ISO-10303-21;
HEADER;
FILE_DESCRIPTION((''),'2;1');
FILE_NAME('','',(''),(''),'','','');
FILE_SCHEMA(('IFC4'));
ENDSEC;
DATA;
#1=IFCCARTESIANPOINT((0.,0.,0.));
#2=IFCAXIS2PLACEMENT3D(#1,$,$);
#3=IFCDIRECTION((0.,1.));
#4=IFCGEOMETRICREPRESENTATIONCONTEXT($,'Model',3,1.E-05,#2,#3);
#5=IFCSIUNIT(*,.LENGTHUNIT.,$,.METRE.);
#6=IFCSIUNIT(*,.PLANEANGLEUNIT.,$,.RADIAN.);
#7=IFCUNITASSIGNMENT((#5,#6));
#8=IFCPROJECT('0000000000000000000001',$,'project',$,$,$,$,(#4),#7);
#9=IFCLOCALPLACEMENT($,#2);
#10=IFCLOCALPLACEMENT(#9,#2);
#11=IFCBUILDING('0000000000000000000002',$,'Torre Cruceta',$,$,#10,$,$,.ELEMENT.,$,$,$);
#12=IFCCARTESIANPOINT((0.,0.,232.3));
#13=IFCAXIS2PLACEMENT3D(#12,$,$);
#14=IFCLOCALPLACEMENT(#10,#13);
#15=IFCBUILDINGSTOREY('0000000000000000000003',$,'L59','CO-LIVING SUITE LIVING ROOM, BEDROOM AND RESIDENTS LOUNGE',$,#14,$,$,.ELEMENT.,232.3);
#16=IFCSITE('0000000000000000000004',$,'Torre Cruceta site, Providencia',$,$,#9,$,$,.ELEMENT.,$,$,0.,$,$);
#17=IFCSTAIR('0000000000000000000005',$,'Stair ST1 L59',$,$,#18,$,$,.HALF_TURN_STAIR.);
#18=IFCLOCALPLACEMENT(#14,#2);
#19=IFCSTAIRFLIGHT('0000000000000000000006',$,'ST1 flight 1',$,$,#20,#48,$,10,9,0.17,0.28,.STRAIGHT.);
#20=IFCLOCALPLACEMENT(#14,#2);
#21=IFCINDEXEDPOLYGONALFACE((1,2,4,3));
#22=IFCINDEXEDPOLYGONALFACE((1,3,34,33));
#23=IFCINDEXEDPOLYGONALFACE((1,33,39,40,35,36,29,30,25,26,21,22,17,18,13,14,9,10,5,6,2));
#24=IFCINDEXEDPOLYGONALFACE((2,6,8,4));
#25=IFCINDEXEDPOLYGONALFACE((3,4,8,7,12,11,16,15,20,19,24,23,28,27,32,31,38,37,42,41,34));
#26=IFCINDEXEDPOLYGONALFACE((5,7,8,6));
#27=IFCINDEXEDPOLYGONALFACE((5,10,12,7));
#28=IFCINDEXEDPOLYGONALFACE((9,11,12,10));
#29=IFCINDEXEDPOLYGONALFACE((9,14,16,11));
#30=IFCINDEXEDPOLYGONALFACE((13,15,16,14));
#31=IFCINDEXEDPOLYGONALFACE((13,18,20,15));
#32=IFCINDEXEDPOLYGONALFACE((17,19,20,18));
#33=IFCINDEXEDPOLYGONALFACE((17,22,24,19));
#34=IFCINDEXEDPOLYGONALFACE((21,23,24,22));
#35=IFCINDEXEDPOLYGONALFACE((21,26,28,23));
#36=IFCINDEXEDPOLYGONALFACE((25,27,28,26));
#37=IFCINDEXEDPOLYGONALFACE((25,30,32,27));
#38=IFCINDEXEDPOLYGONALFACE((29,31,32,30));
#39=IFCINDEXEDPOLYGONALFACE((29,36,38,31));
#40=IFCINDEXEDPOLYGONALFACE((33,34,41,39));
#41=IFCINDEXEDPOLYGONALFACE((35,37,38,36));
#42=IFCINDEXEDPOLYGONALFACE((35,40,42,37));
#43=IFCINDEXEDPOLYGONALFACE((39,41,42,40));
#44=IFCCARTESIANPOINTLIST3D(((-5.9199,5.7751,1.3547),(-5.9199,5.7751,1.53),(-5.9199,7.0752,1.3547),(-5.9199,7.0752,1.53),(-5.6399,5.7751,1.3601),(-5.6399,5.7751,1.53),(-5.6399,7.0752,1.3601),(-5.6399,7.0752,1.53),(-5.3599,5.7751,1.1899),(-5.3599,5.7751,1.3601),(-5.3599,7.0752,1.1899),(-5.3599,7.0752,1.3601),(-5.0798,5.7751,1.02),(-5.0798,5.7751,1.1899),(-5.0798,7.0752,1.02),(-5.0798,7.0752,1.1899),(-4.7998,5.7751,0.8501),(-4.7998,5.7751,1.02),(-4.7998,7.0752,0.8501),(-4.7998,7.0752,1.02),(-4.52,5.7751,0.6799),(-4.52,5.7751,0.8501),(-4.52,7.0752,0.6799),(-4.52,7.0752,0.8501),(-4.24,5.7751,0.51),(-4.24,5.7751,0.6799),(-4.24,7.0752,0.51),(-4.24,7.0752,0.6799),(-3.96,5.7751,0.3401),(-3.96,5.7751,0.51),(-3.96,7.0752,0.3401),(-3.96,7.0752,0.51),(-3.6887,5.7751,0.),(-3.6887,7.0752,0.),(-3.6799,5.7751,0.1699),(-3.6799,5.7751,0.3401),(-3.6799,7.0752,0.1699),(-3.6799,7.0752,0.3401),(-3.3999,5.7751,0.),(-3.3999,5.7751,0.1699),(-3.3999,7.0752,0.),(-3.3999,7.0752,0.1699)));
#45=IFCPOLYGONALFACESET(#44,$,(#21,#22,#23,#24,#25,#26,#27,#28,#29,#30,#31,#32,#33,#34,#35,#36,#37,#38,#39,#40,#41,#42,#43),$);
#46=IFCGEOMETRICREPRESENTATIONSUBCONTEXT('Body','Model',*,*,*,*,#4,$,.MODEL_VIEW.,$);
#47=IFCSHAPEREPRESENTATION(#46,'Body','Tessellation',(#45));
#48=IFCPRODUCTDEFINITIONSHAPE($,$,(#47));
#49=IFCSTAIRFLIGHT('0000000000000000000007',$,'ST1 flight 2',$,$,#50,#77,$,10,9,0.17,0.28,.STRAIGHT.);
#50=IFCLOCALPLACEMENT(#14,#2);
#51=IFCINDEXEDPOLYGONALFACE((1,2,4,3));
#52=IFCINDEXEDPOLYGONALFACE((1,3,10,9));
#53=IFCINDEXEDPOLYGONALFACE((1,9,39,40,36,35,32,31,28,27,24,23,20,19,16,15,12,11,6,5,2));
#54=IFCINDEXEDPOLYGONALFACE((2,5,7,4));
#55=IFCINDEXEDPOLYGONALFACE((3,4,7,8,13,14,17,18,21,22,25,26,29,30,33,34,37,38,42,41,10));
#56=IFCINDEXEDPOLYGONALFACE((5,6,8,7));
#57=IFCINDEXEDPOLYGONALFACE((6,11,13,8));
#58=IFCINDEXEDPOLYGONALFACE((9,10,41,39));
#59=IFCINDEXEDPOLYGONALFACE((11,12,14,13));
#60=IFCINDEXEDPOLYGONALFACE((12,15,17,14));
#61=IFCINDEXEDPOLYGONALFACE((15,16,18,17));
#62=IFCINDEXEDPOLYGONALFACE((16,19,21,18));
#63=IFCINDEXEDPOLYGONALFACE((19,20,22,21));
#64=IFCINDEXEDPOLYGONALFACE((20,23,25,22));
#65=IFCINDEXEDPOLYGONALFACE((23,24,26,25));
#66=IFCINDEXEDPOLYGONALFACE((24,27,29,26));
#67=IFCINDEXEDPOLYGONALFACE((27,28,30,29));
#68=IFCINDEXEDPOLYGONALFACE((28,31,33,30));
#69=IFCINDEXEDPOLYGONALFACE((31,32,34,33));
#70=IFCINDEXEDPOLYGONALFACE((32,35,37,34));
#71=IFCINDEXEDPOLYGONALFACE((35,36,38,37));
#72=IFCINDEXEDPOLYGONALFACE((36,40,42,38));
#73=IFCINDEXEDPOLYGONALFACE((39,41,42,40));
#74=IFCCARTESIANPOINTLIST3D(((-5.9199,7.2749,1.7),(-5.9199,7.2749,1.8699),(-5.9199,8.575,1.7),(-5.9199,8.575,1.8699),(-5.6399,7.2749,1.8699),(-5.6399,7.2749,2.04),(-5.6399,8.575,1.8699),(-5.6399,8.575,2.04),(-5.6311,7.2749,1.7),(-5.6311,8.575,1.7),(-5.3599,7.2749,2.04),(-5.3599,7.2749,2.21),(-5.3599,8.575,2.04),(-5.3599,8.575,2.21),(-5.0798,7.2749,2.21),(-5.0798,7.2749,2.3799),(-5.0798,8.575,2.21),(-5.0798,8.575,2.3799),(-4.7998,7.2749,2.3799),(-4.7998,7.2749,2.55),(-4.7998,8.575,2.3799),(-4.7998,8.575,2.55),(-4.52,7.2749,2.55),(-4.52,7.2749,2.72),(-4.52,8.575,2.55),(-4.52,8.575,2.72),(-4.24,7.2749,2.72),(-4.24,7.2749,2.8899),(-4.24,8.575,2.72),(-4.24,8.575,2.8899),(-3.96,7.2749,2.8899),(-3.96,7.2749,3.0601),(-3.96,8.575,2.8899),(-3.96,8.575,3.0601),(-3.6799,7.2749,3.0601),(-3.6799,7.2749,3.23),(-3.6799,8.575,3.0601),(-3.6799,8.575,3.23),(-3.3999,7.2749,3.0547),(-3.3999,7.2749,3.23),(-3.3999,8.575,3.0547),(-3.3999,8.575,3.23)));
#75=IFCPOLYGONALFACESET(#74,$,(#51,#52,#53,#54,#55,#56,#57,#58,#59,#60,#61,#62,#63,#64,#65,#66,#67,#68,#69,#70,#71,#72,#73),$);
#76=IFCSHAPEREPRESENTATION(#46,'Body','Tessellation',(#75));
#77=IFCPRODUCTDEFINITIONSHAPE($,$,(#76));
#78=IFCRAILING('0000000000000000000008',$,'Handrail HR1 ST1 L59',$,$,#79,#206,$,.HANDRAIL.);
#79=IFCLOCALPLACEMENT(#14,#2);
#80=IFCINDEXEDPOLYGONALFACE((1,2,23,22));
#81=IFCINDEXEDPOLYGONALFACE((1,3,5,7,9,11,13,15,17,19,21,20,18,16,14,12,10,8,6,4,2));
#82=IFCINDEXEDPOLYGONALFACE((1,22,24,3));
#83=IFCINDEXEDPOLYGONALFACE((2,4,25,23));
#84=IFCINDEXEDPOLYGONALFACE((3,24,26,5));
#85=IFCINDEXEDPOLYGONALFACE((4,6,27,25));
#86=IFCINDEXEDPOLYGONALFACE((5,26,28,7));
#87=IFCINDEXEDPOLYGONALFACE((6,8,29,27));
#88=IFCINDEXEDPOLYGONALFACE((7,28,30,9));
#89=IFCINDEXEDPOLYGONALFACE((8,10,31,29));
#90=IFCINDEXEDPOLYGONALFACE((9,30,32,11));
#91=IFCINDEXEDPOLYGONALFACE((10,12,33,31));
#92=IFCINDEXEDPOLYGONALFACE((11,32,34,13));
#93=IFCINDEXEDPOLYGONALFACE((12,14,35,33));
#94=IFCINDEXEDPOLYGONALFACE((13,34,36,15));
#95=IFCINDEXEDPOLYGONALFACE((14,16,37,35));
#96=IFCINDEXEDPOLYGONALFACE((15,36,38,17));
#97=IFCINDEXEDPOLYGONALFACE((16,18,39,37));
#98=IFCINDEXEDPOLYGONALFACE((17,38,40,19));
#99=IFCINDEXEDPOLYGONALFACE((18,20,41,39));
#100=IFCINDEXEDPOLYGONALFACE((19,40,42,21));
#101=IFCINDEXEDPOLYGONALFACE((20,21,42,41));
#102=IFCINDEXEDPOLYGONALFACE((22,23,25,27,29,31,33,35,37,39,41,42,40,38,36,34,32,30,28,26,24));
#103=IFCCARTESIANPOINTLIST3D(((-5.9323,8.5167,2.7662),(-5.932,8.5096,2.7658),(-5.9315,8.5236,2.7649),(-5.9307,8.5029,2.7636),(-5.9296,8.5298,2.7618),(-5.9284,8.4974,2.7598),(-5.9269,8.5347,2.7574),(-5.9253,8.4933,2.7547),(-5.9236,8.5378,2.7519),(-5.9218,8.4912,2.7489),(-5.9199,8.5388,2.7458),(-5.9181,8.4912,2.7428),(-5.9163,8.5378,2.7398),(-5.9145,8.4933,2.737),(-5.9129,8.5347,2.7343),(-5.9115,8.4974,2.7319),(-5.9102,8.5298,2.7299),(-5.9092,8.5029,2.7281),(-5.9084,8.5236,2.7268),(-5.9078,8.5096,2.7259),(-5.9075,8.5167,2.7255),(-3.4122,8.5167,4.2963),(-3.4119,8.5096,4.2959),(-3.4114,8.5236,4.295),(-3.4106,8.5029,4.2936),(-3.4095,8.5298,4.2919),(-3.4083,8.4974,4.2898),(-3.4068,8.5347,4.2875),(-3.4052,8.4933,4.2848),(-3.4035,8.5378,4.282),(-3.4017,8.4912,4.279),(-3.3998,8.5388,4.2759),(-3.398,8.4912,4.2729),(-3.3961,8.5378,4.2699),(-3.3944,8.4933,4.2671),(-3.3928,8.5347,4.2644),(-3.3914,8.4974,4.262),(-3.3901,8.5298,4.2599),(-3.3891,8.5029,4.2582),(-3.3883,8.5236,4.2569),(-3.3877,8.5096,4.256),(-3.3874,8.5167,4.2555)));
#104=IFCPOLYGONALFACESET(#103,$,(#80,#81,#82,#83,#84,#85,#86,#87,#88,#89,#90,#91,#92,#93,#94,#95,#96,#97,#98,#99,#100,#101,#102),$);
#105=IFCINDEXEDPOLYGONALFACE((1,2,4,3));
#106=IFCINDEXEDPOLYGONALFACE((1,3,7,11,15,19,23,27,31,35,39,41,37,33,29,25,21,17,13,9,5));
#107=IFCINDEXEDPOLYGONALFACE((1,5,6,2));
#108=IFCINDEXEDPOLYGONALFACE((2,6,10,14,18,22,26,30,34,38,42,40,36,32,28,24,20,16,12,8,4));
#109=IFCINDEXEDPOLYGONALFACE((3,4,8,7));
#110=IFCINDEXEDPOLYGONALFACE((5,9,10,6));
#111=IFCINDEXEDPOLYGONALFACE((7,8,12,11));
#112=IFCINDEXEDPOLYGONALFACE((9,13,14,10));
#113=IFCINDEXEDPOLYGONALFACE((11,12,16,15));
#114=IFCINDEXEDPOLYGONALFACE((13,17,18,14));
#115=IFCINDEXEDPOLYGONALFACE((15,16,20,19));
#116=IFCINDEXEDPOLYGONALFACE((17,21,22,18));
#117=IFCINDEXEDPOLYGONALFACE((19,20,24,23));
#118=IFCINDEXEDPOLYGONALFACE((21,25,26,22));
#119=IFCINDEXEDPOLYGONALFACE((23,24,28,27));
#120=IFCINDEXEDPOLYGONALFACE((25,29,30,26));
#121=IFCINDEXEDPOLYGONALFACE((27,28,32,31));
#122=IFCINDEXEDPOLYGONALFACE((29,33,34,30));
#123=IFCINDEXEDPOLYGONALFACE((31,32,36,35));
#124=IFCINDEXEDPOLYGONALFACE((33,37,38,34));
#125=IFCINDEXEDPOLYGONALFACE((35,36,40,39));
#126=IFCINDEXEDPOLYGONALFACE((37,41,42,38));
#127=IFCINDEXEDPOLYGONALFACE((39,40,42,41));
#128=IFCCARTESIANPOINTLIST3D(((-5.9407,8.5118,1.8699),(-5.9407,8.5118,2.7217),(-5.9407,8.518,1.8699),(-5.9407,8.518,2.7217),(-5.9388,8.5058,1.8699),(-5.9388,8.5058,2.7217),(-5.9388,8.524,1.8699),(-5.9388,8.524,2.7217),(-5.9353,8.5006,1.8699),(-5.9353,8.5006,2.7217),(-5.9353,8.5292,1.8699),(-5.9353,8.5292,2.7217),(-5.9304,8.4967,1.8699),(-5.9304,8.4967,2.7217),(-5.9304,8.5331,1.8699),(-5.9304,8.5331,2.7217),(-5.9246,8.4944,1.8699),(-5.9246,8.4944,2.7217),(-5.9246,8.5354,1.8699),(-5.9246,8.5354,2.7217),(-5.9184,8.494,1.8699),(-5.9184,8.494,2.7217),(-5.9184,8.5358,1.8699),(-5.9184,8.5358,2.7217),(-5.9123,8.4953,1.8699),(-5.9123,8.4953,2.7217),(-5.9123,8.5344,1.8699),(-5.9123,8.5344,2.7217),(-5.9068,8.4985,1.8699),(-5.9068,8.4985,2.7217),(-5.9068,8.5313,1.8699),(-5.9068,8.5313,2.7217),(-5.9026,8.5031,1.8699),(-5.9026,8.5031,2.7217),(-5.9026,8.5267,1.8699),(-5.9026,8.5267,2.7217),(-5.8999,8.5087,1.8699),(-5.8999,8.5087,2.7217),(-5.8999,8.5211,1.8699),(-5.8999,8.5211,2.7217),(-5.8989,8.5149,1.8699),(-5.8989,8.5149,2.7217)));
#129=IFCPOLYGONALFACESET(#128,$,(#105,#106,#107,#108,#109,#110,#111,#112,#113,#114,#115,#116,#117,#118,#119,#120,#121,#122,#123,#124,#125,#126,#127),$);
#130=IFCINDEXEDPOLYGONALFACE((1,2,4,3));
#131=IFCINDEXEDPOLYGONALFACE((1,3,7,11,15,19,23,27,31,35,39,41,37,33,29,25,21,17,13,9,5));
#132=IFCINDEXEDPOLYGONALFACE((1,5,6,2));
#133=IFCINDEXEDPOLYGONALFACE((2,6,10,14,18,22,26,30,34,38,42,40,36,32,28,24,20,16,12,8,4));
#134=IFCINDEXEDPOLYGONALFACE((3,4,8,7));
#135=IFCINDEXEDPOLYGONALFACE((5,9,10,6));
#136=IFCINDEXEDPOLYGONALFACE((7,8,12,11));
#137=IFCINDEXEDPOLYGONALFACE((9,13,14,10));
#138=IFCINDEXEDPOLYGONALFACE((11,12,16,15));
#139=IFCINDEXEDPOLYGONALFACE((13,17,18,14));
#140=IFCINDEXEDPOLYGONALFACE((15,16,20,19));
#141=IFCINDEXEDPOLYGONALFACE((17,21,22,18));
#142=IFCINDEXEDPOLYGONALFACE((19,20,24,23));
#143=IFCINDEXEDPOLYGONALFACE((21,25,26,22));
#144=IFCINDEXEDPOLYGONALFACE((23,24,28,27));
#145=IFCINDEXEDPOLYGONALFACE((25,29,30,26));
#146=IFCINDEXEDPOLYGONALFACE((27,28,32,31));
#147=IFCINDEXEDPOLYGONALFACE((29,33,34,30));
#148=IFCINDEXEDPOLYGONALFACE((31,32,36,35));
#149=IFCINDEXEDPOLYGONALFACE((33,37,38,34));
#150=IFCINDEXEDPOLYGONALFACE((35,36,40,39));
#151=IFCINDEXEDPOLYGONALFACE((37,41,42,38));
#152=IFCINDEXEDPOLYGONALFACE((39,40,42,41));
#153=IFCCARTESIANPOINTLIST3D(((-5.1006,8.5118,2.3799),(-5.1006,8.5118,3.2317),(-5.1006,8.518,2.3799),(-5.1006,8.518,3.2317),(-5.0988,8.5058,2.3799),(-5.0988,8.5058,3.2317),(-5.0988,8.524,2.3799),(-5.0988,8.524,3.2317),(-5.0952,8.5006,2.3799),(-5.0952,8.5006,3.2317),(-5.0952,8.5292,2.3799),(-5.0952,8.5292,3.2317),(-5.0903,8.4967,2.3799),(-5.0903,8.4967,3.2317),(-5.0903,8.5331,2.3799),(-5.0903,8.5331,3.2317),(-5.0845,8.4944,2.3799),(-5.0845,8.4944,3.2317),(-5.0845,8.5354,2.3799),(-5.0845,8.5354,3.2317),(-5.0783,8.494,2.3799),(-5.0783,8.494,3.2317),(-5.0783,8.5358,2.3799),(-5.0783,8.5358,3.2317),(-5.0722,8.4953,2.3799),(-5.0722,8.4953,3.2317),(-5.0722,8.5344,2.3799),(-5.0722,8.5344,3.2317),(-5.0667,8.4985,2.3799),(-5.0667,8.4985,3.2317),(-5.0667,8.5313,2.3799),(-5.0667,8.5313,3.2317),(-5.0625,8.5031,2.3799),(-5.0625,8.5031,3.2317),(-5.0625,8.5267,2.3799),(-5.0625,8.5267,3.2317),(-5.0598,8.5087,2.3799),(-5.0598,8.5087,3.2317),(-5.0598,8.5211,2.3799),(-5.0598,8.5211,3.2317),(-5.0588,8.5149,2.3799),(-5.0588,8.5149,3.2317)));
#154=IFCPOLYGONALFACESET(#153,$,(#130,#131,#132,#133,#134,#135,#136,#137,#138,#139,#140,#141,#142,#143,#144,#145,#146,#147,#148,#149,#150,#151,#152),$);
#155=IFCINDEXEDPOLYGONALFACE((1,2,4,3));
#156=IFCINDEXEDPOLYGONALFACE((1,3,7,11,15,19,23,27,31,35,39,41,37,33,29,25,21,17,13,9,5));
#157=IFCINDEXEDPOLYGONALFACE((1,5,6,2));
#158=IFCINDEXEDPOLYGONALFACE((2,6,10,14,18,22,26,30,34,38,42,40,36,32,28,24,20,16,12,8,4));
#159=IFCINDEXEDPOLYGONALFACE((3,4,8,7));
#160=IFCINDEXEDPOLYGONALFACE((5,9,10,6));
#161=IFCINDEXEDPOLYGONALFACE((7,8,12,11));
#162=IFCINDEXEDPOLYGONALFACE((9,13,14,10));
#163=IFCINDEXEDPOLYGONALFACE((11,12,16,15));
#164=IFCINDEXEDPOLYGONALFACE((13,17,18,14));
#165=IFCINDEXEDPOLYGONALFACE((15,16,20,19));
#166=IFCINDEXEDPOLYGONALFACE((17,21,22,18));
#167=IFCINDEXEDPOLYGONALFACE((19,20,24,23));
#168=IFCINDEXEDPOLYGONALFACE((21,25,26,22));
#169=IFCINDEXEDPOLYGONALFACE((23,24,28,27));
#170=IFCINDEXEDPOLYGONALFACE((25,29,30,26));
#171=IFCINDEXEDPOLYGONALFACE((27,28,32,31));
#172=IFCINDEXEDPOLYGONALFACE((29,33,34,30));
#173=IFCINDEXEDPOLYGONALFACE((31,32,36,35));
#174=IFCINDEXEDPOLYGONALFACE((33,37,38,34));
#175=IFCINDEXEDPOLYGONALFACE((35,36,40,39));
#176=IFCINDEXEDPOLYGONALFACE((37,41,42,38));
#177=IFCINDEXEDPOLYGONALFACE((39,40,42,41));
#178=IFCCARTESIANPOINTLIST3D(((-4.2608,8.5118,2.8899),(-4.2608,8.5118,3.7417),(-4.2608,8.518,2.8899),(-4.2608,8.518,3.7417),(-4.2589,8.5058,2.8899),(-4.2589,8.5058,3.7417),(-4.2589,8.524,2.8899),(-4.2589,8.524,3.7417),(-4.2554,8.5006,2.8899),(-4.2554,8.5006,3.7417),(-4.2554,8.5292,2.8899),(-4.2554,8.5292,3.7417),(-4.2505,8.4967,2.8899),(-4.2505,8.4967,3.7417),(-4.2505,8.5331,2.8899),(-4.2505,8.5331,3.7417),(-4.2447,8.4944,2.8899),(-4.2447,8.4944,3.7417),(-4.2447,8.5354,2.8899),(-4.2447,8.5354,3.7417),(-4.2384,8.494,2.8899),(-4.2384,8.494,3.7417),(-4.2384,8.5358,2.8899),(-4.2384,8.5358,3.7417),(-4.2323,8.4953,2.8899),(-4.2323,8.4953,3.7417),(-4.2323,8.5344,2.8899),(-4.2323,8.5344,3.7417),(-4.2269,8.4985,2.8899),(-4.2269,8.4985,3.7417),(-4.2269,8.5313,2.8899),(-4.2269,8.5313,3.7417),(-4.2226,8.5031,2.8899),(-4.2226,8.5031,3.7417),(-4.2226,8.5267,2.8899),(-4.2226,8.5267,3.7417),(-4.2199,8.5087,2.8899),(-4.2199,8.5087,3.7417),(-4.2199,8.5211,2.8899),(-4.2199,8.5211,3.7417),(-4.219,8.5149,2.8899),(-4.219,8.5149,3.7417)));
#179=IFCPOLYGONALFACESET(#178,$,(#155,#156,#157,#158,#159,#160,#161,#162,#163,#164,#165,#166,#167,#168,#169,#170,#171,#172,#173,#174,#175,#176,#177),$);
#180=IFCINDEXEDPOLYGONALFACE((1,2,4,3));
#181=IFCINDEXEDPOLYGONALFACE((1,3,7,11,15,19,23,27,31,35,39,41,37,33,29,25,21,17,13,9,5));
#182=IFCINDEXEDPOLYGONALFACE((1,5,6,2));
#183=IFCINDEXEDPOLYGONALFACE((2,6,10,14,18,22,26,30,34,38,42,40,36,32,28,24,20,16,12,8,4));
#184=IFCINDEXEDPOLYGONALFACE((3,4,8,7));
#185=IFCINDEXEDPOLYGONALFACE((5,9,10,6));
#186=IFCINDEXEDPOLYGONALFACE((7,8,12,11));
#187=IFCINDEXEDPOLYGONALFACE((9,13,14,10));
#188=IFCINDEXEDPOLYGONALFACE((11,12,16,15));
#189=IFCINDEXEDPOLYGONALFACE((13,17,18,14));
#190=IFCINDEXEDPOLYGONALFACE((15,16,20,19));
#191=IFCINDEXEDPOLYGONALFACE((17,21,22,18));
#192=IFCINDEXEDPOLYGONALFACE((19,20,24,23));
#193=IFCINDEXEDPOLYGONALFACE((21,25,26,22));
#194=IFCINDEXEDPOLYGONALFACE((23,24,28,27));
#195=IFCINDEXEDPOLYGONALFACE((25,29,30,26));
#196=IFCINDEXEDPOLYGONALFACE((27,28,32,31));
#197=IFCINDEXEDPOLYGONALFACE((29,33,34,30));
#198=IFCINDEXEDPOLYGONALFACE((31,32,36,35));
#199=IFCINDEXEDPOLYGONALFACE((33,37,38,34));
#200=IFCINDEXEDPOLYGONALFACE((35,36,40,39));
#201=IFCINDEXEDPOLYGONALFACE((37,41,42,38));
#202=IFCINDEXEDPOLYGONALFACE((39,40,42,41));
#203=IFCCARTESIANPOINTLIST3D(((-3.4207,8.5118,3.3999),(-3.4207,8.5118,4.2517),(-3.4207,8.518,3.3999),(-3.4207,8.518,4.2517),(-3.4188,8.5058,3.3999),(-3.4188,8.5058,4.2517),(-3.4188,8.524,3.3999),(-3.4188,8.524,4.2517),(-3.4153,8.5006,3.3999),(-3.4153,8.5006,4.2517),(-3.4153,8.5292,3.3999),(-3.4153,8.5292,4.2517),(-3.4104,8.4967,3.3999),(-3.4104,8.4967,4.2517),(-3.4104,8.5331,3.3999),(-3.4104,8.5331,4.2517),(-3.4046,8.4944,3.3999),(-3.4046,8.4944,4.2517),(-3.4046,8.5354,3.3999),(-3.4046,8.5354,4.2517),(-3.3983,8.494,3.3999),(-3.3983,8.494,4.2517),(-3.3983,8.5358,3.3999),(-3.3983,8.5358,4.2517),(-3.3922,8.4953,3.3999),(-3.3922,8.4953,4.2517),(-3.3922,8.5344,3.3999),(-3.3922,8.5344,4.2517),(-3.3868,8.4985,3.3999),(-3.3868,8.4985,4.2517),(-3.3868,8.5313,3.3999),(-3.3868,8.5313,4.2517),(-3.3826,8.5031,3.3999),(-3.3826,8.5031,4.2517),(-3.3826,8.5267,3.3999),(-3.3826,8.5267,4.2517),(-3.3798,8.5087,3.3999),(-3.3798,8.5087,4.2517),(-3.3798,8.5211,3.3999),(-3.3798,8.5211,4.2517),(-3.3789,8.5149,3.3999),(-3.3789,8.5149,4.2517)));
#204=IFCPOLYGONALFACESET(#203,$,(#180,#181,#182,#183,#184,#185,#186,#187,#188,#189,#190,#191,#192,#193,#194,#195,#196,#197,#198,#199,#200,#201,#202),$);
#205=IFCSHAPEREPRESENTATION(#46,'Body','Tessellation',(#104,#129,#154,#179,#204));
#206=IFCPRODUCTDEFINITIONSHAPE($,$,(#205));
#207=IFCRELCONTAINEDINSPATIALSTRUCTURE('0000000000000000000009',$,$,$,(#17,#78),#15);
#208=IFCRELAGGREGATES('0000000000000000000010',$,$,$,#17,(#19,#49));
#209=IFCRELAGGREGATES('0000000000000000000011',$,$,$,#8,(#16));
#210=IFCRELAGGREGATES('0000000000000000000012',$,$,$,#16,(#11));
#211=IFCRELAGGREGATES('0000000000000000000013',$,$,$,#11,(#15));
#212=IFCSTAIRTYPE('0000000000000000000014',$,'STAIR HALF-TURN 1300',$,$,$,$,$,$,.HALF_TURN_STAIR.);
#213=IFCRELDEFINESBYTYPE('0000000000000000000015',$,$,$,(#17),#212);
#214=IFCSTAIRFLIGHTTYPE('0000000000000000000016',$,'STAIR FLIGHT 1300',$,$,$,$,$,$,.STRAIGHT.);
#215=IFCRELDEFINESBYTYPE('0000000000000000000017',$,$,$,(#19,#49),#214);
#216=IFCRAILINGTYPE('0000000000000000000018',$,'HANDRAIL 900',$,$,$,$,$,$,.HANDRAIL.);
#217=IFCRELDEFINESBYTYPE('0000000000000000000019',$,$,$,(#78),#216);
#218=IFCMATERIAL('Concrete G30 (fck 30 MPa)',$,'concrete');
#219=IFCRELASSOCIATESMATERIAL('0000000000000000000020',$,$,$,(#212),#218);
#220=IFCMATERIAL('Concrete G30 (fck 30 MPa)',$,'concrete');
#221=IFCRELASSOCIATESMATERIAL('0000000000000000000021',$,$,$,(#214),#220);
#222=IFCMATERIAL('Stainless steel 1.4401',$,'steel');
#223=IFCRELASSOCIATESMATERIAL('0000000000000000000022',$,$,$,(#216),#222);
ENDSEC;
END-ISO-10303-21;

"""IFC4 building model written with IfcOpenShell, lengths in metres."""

from ifc_helpers import new_model, si_unit, direction, frame, origin, origin_2d, place, context, subcontext, project, spatial, polyline, circle, outline, extrude, material, type_object, element, aggregate, save


model = new_model("IFC4")

# Units and contexts
model_context = context("Model", 3, precision=1e-05, world=origin(), true_north=direction((0.0, 1.0)))
body_context = subcontext(model_context, "Body", "Model", "MODEL_VIEW")
ifc_project = project(units=[si_unit("LENGTHUNIT", "METRE"), si_unit("PLANEANGLEUNIT", "RADIAN")], contexts=[model_context])

# Site, building, storey
site_placement = place(None, origin())
site = spatial("IfcSite", under=ifc_project, at=site_placement, Name="Torre Cruceta site, Providencia", CompositionType="ELEMENT", RefElevation=0.0)
building_placement = place(site_placement, origin())
building = spatial("IfcBuilding", under=site, at=building_placement, Name="Torre Cruceta", CompositionType="ELEMENT")
storey_placement = place(building_placement, frame((0.0, 0.0, 232.3)))
storey = spatial("IfcBuildingStorey", under=building, at=storey_placement, Name="L59", Description="CO-LIVING SUITE LIVING ROOM, BEDROOM AND RESIDENTS LOUNGE", CompositionType="ELEMENT", Elevation=232.3)

# Stair, stair flights
ifc_material_1 = material(Name="Concrete G30 (fck 30 MPa)", Category="concrete")
stair_type = type_object("IfcStairType", Name="STAIR HALF-TURN 1300", PredefinedType="HALF_TURN_STAIR", material=ifc_material_1)
stair_placement = place(storey_placement, origin())
stair = element("IfcStair", 1, at=stair_placement, inside=storey, type_object=stair_type, Name="Stair ST1 L59", PredefinedType="HALF_TURN_STAIR")
ifc_material_2 = material(Name="Concrete G30 (fck 30 MPa)", Category="concrete")
stair_flight_type = type_object("IfcStairFlightType", Name="STAIR FLIGHT 1300", PredefinedType="STRAIGHT", material=ifc_material_2)
stair_flight_1_placement = place(storey_placement, frame((-3.3999, 6.425, 0.0), z_axis=(0.0, 0.0, 1.0), x_axis=(-1.0, 0.0, 0.0)))
stair_flight_1 = element("IfcStairFlight", 2, at=stair_flight_1_placement, type_object=stair_flight_type, Name="ST1 flight 1", NumberOfRisers=10, NumberOfTreads=9, PredefinedType="STRAIGHT", RiserHeight=0.17, TreadLength=0.28, context=body_context, shape_type="SweptSolid", body=[
    extrude(outline(polyline([(0.0, 0.0), (0.0, 0.1699), (0.28, 0.1699), (0.28, 0.3401), (0.5601, 0.3401), (0.5601, 0.51), (0.8401, 0.51), (0.8401, 0.6799), (1.1201, 0.6799), (1.1201, 0.8501), (1.3999, 0.8501), (1.3999, 1.02), (1.6799, 1.02), (1.6799, 1.1899), (1.96, 1.1899), (1.96, 1.3601), (2.24, 1.3601), (2.24, 1.53), (2.52, 1.53), (2.52, 1.7), (2.52, 1.3547), (0.2888, 0.0), (0.0, 0.0)])), frame((0.0, 0.6499, 0.0), z_axis=(0.0, -1.0, 0.0), x_axis=(1.0, 0.0, 0.0)), (0.0, 0.0, 1.0), 1.3),
])
stair_flight_2_placement = place(storey_placement, frame((-5.9199, 7.925, 1.7), z_axis=(0.0, 0.0, 1.0), x_axis=(1.0, 0.0, 0.0)))
stair_flight_2 = element("IfcStairFlight", 3, at=stair_flight_2_placement, type_object=stair_flight_type, Name="ST1 flight 2", NumberOfRisers=10, NumberOfTreads=9, PredefinedType="STRAIGHT", RiserHeight=0.17, TreadLength=0.28, context=body_context, shape_type="SweptSolid", body=[
    extrude(outline(polyline([(0.0, 0.0), (0.0, 0.1699), (0.28, 0.1699), (0.28, 0.3401), (0.5601, 0.3401), (0.5601, 0.51), (0.8401, 0.51), (0.8401, 0.6799), (1.1201, 0.6799), (1.1201, 0.8501), (1.3999, 0.8501), (1.3999, 1.02), (1.6799, 1.02), (1.6799, 1.1899), (1.96, 1.1899), (1.96, 1.3601), (2.24, 1.3601), (2.24, 1.53), (2.52, 1.53), (2.52, 1.7), (2.52, 1.3547), (0.2888, 0.0), (0.0, 0.0)])), frame((0.0, 0.6499, 0.0), z_axis=(0.0, -1.0, 0.0), x_axis=(1.0, 0.0, 0.0)), (0.0, 0.0, 1.0), 1.3),
])
aggregate(stair, [stair_flight_1, stair_flight_2])

# Railing
ifc_material_3 = material(Name="Stainless steel 1.4401", Category="steel")
railing_type = type_object("IfcRailingType", Name="HANDRAIL 900", PredefinedType="HANDRAIL", material=ifc_material_3)
railing_1_placement = place(storey_placement, frame((-5.9199, 8.5149, 1.8699)))
element("IfcRailing", 4, at=railing_1_placement, inside=storey, type_object=railing_type, Name="Handrail HR1 ST1 L59", PredefinedType="HANDRAIL", context=body_context, shape_type="SweptSolid", body=[
    extrude(circle(Radius=0.0239, at=origin_2d()), frame((0.0, 0.0, 0.876), z_axis=(0.854785, 0.0, 0.518982), x_axis=(0.0, 1.0, 0.0)), (0.0, 0.0, 1.0), 2.9482),
    extrude(circle(Radius=0.021, at=origin_2d()), origin(), (0.0, 0.0, 1.0), 0.8518),
    extrude(circle(Radius=0.021, at=origin_2d()), frame((0.8401, 0.0, 0.51)), (0.0, 0.0, 1.0), 0.8518),
    extrude(circle(Radius=0.021, at=origin_2d()), frame((1.6799, 0.0, 1.02)), (0.0, 0.0, 1.0), 0.8518),
    extrude(circle(Radius=0.021, at=origin_2d()), frame((2.52, 0.0, 1.53)), (0.0, 0.0, 1.0), 0.8518),
])

save(model, "model.ifc")
